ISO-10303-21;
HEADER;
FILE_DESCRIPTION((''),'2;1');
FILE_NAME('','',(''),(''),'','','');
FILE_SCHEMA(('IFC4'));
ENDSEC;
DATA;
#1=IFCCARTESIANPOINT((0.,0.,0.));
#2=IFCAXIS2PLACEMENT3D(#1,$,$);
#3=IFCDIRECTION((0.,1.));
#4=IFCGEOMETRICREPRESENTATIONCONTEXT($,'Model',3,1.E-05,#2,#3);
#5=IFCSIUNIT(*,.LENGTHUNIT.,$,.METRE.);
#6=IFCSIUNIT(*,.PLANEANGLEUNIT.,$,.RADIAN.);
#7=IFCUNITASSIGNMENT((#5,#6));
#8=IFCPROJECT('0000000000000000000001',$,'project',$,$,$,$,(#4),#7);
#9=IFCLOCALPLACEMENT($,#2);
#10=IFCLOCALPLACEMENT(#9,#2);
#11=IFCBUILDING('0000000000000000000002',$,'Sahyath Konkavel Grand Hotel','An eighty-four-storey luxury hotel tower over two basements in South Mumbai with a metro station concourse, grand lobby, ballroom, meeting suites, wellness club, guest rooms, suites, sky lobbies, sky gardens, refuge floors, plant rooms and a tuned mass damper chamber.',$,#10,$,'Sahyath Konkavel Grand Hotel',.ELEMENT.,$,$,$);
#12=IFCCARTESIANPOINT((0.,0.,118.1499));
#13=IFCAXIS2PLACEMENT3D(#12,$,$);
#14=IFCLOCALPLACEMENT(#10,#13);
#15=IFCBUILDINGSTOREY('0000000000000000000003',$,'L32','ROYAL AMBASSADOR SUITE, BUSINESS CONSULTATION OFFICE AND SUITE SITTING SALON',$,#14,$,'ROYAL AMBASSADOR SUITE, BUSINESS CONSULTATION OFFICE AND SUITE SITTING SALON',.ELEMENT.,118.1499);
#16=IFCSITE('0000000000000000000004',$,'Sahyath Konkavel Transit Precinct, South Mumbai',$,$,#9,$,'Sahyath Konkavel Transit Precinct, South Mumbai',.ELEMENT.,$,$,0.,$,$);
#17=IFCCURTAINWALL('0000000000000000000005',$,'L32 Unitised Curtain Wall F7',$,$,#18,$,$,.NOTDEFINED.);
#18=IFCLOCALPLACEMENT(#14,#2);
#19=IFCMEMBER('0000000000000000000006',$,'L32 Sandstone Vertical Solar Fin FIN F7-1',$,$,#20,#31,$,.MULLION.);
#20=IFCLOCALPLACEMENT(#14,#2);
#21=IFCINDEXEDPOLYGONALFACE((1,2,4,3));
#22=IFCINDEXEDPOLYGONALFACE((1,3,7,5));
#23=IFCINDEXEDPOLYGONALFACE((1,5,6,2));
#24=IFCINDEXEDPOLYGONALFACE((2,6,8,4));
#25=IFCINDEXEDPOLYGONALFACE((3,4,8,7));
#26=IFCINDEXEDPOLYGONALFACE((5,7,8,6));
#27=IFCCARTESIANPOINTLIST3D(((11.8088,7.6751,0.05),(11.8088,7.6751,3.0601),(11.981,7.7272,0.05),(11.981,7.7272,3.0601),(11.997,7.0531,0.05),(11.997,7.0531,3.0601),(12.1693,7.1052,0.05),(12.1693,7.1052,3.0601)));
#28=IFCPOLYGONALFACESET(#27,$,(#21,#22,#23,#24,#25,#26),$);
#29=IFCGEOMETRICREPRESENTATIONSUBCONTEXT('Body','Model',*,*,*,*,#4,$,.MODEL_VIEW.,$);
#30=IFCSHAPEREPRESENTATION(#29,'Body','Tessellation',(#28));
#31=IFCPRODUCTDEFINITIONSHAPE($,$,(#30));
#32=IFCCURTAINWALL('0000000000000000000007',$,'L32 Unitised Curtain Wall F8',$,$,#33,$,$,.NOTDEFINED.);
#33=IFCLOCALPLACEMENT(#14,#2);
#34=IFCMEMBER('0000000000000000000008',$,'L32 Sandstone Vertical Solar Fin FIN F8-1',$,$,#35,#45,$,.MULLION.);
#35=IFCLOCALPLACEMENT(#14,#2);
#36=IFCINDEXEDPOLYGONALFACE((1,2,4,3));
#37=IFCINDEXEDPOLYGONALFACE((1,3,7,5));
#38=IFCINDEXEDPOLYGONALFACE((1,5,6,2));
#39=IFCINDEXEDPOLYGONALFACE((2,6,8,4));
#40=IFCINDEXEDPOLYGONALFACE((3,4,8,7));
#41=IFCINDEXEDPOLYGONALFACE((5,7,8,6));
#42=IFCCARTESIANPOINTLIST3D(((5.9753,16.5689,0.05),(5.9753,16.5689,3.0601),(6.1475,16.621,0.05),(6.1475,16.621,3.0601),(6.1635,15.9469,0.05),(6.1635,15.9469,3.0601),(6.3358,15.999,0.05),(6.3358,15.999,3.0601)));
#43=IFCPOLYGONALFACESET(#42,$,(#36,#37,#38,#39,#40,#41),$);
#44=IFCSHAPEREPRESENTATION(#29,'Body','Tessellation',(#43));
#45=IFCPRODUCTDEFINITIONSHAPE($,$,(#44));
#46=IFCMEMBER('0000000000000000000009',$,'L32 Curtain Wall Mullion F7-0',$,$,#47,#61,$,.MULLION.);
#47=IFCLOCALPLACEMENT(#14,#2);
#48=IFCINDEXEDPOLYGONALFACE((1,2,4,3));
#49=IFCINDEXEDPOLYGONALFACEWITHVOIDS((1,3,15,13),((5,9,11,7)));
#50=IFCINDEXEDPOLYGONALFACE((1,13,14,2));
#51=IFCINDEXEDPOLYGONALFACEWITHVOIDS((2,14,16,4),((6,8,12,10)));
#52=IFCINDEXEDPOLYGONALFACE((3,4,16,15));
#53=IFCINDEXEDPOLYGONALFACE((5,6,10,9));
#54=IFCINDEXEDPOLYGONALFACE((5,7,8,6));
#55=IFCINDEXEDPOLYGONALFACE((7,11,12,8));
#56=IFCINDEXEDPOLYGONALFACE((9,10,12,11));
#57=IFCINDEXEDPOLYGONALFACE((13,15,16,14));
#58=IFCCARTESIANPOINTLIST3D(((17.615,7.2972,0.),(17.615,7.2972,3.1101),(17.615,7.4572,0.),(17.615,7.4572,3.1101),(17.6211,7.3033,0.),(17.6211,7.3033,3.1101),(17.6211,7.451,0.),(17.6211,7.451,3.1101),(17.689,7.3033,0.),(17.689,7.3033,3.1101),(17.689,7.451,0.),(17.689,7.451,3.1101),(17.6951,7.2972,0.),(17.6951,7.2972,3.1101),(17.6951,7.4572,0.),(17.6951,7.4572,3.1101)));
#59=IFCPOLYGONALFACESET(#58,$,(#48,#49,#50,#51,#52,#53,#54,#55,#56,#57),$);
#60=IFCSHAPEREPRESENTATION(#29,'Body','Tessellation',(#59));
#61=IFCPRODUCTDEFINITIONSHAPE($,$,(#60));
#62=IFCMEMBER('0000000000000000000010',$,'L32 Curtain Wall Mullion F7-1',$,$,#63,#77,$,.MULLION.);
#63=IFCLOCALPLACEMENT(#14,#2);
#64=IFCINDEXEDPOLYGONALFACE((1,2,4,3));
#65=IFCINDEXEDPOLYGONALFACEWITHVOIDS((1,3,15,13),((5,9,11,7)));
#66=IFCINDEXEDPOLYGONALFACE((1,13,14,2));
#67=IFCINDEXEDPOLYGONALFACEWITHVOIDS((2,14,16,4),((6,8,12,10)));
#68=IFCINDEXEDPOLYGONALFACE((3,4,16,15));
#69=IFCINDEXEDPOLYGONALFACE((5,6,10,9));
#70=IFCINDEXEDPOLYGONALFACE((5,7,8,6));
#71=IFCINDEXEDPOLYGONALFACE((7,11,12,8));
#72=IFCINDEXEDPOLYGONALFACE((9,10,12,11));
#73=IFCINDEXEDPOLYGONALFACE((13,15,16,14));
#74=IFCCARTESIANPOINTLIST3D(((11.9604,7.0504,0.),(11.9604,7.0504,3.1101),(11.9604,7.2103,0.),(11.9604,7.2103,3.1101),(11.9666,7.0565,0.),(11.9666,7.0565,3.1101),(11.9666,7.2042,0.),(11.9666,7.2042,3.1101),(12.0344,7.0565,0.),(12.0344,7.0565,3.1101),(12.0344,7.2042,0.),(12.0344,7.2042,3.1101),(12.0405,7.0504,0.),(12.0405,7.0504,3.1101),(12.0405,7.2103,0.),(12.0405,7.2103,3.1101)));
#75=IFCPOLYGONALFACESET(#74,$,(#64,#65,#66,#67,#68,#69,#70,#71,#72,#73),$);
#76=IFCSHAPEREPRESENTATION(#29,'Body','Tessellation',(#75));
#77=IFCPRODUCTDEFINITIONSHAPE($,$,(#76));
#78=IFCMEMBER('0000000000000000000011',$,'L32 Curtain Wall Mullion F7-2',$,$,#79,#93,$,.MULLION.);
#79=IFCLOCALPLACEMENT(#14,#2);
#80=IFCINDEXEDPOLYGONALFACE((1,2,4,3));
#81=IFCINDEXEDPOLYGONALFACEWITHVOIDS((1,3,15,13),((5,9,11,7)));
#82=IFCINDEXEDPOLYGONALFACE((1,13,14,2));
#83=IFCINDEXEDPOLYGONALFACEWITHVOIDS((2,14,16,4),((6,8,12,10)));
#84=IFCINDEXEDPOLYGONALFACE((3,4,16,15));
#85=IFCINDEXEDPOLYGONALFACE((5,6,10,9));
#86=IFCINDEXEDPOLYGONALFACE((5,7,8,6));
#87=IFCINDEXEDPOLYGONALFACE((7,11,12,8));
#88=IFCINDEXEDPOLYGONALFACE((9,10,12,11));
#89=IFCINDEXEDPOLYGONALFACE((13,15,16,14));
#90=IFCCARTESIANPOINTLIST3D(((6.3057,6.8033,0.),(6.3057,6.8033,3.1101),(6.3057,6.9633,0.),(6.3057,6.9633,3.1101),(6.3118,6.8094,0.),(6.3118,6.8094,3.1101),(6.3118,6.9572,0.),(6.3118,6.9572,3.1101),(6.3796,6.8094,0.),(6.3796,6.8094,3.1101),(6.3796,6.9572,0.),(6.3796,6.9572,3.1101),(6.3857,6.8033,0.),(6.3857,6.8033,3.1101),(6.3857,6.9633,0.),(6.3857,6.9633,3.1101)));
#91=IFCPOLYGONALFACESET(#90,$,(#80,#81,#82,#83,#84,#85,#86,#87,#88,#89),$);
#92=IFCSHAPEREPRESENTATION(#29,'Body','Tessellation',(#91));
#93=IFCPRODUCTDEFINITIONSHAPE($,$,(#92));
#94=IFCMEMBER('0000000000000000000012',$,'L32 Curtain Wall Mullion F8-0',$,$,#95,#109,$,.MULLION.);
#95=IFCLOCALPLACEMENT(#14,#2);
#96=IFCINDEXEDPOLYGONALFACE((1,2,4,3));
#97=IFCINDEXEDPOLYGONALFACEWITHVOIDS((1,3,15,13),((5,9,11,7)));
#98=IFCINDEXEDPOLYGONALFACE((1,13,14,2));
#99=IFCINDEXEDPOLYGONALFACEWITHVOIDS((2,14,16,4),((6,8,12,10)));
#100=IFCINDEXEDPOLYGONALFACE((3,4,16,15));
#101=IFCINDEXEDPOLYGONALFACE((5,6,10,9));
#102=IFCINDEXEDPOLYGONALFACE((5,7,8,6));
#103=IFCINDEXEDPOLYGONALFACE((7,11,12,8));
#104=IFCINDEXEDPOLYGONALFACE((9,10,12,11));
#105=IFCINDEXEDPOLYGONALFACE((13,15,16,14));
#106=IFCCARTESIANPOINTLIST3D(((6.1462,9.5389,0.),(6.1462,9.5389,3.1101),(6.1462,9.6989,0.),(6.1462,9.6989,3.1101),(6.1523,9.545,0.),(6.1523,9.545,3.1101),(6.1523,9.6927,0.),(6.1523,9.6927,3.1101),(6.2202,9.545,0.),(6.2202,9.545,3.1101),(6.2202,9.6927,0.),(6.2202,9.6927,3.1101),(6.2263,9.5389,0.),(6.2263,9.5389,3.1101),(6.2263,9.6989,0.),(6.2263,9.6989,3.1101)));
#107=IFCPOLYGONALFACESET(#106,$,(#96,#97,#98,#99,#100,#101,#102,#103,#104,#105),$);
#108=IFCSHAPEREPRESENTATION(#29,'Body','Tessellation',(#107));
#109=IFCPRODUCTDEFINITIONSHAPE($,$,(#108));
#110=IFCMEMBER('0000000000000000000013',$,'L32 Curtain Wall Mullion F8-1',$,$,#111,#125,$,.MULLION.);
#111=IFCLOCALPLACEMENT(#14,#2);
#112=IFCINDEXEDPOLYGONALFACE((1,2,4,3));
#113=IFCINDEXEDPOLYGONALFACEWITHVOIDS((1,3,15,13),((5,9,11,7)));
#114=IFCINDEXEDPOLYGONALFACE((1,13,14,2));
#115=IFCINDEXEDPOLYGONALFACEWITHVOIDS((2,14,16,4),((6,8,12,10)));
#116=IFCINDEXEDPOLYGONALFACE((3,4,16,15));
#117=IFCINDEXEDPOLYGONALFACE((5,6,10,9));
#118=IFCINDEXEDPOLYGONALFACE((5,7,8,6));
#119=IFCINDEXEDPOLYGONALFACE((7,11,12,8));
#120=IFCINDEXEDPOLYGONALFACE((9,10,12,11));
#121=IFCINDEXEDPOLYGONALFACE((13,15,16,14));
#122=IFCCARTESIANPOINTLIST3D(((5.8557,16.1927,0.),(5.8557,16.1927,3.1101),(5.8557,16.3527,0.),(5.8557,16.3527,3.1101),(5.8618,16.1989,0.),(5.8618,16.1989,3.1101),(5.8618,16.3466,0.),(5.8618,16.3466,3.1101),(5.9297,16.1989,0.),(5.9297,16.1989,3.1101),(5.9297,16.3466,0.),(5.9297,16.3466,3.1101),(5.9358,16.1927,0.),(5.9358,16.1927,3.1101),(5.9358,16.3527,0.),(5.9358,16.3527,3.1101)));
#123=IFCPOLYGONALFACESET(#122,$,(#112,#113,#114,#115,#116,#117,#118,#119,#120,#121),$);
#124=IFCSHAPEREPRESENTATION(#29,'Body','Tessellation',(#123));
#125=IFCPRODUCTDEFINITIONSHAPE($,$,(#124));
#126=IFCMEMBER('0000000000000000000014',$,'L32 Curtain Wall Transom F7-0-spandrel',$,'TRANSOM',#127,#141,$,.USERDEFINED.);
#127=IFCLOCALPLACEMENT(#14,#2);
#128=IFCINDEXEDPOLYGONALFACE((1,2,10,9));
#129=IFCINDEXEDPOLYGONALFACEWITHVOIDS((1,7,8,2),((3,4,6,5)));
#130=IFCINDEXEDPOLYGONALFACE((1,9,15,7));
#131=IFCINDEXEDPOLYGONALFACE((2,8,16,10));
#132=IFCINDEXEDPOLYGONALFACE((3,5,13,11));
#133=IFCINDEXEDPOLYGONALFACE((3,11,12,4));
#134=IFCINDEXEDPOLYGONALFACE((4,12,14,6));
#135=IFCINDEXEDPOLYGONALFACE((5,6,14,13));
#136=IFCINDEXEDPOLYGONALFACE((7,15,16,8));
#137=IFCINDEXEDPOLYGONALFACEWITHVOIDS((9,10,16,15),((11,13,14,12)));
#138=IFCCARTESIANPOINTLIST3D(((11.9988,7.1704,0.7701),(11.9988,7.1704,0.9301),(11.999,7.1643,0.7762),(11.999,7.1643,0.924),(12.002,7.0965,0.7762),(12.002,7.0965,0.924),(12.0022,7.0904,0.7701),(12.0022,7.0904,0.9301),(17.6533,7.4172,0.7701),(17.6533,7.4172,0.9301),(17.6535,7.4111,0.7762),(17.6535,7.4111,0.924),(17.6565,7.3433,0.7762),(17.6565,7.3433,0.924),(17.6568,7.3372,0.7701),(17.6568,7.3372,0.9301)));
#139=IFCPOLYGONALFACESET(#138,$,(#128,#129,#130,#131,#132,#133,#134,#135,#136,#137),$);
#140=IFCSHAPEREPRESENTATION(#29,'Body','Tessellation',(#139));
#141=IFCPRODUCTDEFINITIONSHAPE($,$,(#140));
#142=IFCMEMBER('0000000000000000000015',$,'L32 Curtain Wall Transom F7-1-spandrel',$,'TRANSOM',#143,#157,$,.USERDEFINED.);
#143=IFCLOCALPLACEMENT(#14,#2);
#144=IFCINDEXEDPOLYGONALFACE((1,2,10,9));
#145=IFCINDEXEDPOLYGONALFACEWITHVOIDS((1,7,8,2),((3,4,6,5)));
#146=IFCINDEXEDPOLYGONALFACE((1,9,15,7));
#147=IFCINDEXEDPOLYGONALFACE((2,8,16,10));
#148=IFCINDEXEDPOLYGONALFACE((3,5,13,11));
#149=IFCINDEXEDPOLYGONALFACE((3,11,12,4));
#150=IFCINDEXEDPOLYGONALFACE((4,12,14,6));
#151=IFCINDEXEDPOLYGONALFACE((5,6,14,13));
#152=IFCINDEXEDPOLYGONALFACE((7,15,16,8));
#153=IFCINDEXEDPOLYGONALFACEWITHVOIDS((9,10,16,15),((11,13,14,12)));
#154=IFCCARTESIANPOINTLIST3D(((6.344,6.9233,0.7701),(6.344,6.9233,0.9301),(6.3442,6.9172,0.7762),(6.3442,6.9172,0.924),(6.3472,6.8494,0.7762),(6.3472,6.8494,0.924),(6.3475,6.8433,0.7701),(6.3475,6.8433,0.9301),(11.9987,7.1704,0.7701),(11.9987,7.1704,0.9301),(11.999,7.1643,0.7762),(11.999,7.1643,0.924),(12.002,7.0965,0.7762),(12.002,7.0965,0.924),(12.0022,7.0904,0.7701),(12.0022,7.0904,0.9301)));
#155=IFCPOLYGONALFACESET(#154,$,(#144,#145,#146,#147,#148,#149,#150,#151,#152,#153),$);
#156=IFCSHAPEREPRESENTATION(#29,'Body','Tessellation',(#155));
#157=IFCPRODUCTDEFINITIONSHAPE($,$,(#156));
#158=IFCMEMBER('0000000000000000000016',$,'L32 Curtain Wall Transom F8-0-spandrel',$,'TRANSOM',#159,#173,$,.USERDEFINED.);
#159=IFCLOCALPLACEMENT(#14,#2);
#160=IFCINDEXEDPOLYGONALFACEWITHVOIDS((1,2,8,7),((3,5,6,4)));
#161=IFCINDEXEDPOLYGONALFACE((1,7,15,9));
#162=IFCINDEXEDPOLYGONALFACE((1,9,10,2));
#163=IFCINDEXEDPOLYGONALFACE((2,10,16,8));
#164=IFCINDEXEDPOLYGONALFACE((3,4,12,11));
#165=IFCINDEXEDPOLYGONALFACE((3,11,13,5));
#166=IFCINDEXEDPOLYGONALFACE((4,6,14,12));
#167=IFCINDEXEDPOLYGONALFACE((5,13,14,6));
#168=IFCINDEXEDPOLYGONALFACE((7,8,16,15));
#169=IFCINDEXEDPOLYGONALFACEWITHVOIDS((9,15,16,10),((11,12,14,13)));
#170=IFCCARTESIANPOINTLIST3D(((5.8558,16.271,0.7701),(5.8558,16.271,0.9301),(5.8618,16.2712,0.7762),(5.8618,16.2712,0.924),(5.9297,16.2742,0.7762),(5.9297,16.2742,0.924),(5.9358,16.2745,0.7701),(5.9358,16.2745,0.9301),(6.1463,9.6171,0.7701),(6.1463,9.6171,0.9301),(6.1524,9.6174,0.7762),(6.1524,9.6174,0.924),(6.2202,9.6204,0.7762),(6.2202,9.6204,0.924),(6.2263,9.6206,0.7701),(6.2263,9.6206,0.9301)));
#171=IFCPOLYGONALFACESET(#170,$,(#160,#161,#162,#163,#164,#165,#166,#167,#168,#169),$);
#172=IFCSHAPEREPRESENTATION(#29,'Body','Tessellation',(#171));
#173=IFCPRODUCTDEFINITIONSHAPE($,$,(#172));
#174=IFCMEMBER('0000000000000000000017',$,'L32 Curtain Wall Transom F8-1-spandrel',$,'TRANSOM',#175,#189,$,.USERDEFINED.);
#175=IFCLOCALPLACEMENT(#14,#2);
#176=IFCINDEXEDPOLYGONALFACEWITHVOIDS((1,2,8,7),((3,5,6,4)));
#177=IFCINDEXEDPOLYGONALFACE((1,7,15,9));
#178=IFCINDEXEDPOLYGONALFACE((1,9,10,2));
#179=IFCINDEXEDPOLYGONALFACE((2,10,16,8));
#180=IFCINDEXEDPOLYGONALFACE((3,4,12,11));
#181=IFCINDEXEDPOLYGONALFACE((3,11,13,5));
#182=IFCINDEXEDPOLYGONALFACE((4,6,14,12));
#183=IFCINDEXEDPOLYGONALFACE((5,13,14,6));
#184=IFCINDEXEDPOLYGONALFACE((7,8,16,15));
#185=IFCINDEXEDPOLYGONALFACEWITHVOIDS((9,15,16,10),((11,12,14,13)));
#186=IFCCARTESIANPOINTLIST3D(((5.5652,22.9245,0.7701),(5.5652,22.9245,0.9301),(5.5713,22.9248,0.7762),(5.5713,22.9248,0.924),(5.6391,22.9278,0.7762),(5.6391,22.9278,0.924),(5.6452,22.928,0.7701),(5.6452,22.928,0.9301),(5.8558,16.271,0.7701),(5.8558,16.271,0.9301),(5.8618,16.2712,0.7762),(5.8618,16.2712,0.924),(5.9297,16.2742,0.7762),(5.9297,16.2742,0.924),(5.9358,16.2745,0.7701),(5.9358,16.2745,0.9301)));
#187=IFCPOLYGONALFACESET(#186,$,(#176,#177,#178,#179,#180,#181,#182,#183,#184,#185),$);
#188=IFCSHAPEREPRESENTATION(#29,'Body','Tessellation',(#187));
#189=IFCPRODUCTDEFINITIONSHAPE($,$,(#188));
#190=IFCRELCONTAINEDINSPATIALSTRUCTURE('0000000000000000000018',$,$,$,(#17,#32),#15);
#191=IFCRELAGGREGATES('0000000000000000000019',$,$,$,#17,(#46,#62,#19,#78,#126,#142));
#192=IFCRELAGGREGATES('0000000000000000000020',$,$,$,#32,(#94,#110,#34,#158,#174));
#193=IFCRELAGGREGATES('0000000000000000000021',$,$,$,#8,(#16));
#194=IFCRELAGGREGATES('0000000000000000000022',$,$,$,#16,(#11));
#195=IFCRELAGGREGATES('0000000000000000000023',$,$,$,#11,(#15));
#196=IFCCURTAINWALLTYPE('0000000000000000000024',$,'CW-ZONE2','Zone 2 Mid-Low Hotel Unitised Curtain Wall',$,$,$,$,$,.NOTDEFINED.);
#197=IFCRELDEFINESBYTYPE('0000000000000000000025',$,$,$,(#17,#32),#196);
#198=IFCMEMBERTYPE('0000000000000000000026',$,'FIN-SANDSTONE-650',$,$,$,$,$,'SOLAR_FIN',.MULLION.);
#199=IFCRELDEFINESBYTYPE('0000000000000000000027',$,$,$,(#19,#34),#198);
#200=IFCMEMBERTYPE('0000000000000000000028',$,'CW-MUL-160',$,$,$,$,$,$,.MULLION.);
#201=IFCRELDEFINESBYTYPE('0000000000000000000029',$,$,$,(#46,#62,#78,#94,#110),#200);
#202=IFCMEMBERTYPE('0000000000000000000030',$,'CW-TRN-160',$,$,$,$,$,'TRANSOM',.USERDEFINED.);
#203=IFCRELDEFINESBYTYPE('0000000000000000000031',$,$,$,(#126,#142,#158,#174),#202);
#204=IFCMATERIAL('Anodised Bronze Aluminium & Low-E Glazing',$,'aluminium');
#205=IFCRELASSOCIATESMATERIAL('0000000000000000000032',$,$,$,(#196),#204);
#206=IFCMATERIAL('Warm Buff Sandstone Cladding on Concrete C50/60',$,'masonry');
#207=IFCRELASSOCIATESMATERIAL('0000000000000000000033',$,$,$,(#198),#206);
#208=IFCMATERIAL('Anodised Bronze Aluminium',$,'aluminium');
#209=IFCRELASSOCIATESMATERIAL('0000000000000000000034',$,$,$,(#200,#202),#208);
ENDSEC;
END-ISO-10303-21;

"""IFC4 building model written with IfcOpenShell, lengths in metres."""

from ifc_helpers import new_model, si_unit, direction, frame, origin, origin_2d, place, context, subcontext, project, spatial, rectangle, hollow_rectangle, extrude, source, transform, mapped, material, material_profile, profile_set, type_object, element, aggregate, save


model = new_model("IFC4")

# Units and contexts
model_context = context("Model", 3, precision=1e-05, world=origin(), true_north=direction((0.0, 1.0)))
body_context = subcontext(model_context, "Body", "Model", "MODEL_VIEW")
ifc_project = project(units=[si_unit("LENGTHUNIT", "METRE"), si_unit("PLANEANGLEUNIT", "RADIAN")], contexts=[model_context])

# Site, building, storey
site_placement = place(None, origin())
site = spatial("IfcSite", under=ifc_project, at=site_placement, Name="Sahyath Konkavel Transit Precinct, South Mumbai", LongName="Sahyath Konkavel Transit Precinct, South Mumbai", CompositionType="ELEMENT", RefElevation=0.0)
building_placement = place(site_placement, origin())
building = spatial("IfcBuilding", under=site, at=building_placement, Name="Sahyath Konkavel Grand Hotel", Description="An eighty-four-storey luxury hotel tower over two basements in South Mumbai with a metro station concourse, grand lobby, ballroom, meeting suites, wellness club, guest rooms, suites, sky lobbies, sky gardens, refuge floors, plant rooms and a tuned mass damper chamber.", LongName="Sahyath Konkavel Grand Hotel", CompositionType="ELEMENT")
storey_placement = place(building_placement, frame((0.0, 0.0, 118.1499)))
storey = spatial("IfcBuildingStorey", under=building, at=storey_placement, Name="L32", Description="ROYAL AMBASSADOR SUITE, BUSINESS CONSULTATION OFFICE AND SUITE SITTING SALON", LongName="ROYAL AMBASSADOR SUITE, BUSINESS CONSULTATION OFFICE AND SUITE SITTING SALON", CompositionType="ELEMENT", Elevation=118.1499)

# Curtain walls, members
ifc_material_1 = material(Name="Anodised Bronze Aluminium & Low-E Glazing", Category="aluminium")
curtain_wall_type = type_object("IfcCurtainWallType", Name="CW-ZONE2", Description="Zone 2 Mid-Low Hotel Unitised Curtain Wall", PredefinedType="NOTDEFINED", material=ifc_material_1)
curtain_wall_1_placement = place(storey_placement, origin())
curtain_wall_1 = element("IfcCurtainWall", 1, at=curtain_wall_1_placement, inside=storey, type_object=curtain_wall_type, Name="L32 Unitised Curtain Wall F7", PredefinedType="NOTDEFINED")
ifc_material_2 = material(Name="Warm Buff Sandstone Cladding on Concrete C50/60", Category="masonry")
ifc_material_profile_1 = material_profile(ifc_material_2, rectangle(XDim=0.1799, YDim=0.6499, at=origin_2d()), Name="FIN 180x650")
ifc_profile_set_1 = profile_set([ifc_material_profile_1], Name="Warm Buff Sandstone Cladding on Concrete C50/60")
member_type_1 = type_object("IfcMemberType", Name="FIN-SANDSTONE-650", ElementType="SOLAR_FIN", PredefinedType="MULLION", material=ifc_profile_set_1)
shared_shape_1 = source(origin(), body_context, "Body", "SweptSolid", [
    extrude(rectangle(XDim=0.1799, YDim=0.6499, at=origin_2d()), origin(), (0.0, 0.0, 1.0), 3.01),
])
member_1_placement = place(storey_placement, frame((11.989, 7.3901, 0.05), z_axis=(0.0, 0.0, 1.0), x_axis=(0.957117, 0.2897, 0.0)))
member_1 = element("IfcMember", 2, at=member_1_placement, type_object=member_type_1, Name="L32 Sandstone Vertical Solar Fin FIN F7-1", PredefinedType="MULLION", context=body_context, shape_type="MappedRepresentation", body=[
    mapped(shared_shape_1, transform((0.0, 0.0, 0.0), scale=1.0)),
])
curtain_wall_2_placement = place(storey_placement, origin())
curtain_wall_2 = element("IfcCurtainWall", 3, at=curtain_wall_2_placement, inside=storey, type_object=curtain_wall_type, Name="L32 Unitised Curtain Wall F8", PredefinedType="NOTDEFINED")
member_2_placement = place(storey_placement, frame((6.1555, 16.2839, 0.05), z_axis=(0.0, 0.0, 1.0), x_axis=(0.957117, 0.2897, 0.0)))
member_2 = element("IfcMember", 4, at=member_2_placement, type_object=member_type_1, Name="L32 Sandstone Vertical Solar Fin FIN F8-1", PredefinedType="MULLION", context=body_context, shape_type="MappedRepresentation", body=[
    mapped(shared_shape_1, transform((0.0, 0.0, 0.0), scale=1.0)),
])

# Members
ifc_material_3 = material(Name="Anodised Bronze Aluminium", Category="aluminium")
ifc_material_profile_2 = material_profile(ifc_material_3, hollow_rectangle(XDim=0.0801, YDim=0.1599, WallThickness=0.0061, at=origin_2d()), Name="RHS 160x80x6")
ifc_profile_set_2 = profile_set([ifc_material_profile_2], Name="Anodised Bronze Aluminium")
member_type_2 = type_object("IfcMemberType", Name="CW-MUL-160", PredefinedType="MULLION", material=ifc_profile_set_2)
shared_shape_2 = source(origin(), body_context, "Body", "SweptSolid", [
    extrude(hollow_rectangle(XDim=0.0801, YDim=0.1599, WallThickness=0.0061, at=origin_2d()), origin(), (0.0, 0.0, 1.0), 3.1101),
])
member_3_placement = place(storey_placement, frame((17.655, 7.3772, 0.0), z_axis=(0.0, 0.0, 1.0), x_axis=(1.0, 0.0, 0.0)))
member_3 = element("IfcMember", 5, at=member_3_placement, type_object=member_type_2, Name="L32 Curtain Wall Mullion F7-0", PredefinedType="MULLION", context=body_context, shape_type="MappedRepresentation", body=[
    mapped(shared_shape_2, transform((0.0, 0.0, 0.0), scale=1.0)),
])
member_4_placement = place(storey_placement, frame((12.0005, 7.1304, 0.0), z_axis=(0.0, 0.0, 1.0), x_axis=(1.0, 0.0, 0.0)))
member_4 = element("IfcMember", 6, at=member_4_placement, type_object=member_type_2, Name="L32 Curtain Wall Mullion F7-1", PredefinedType="MULLION", context=body_context, shape_type="MappedRepresentation", body=[
    mapped(shared_shape_2, transform((0.0, 0.0, 0.0), scale=1.0)),
])
member_5_placement = place(storey_placement, frame((6.3457, 6.8833, 0.0), z_axis=(0.0, 0.0, 1.0), x_axis=(1.0, 0.0, 0.0)))
member_5 = element("IfcMember", 7, at=member_5_placement, type_object=member_type_2, Name="L32 Curtain Wall Mullion F7-2", PredefinedType="MULLION", context=body_context, shape_type="MappedRepresentation", body=[
    mapped(shared_shape_2, transform((0.0, 0.0, 0.0), scale=1.0)),
])
member_6_placement = place(storey_placement, frame((6.1863, 9.6189, 0.0), z_axis=(0.0, 0.0, 1.0), x_axis=(1.0, 0.0, 0.0)))
member_6 = element("IfcMember", 8, at=member_6_placement, type_object=member_type_2, Name="L32 Curtain Wall Mullion F8-0", PredefinedType="MULLION", context=body_context, shape_type="MappedRepresentation", body=[
    mapped(shared_shape_2, transform((0.0, 0.0, 0.0), scale=1.0)),
])
member_7_placement = place(storey_placement, frame((5.8958, 16.2727, 0.0), z_axis=(0.0, 0.0, 1.0), x_axis=(1.0, 0.0, 0.0)))
member_7 = element("IfcMember", 9, at=member_7_placement, type_object=member_type_2, Name="L32 Curtain Wall Mullion F8-1", PredefinedType="MULLION", context=body_context, shape_type="MappedRepresentation", body=[
    mapped(shared_shape_2, transform((0.0, 0.0, 0.0), scale=1.0)),
])
ifc_material_profile_3 = material_profile(ifc_material_3, hollow_rectangle(XDim=0.0801, YDim=0.1599, WallThickness=0.0061, at=origin_2d()), Name="RHS 160x80x6")
ifc_profile_set_3 = profile_set([ifc_material_profile_3], Name="Anodised Bronze Aluminium")
member_type_3 = type_object("IfcMemberType", Name="CW-TRN-160", ElementType="TRANSOM", PredefinedType="USERDEFINED", material=ifc_profile_set_3)
shared_shape_3 = source(origin(), body_context, "Body", "SweptSolid", [
    extrude(hollow_rectangle(XDim=0.0801, YDim=0.1599, WallThickness=0.0061, at=origin_2d()), origin(), (0.0, 0.0, 1.0), 5.6599),
])
member_8_placement = place(storey_placement, frame((17.655, 7.3772, 0.8501), z_axis=(-0.999049, -0.043609, 0.0), x_axis=(0.043609, -0.999049, 0.0)))
member_8 = element("IfcMember", 10, at=member_8_placement, type_object=member_type_3, Name="L32 Curtain Wall Transom F7-0-spandrel", ObjectType="TRANSOM", PredefinedType="USERDEFINED", context=body_context, shape_type="MappedRepresentation", body=[
    mapped(shared_shape_3, transform((0.0, 0.0, 0.0), scale=1.0)),
])
shared_shape_4 = source(origin(), body_context, "Body", "SweptSolid", [
    extrude(hollow_rectangle(XDim=0.0801, YDim=0.1599, WallThickness=0.0061, at=origin_2d()), origin(), (0.0, 0.0, 1.0), 5.6602),
])
member_9_placement = place(storey_placement, frame((12.0005, 7.1304, 0.8501), z_axis=(-0.999047, -0.043651, 0.0), x_axis=(0.043651, -0.999047, 0.0)))
member_9 = element("IfcMember", 11, at=member_9_placement, type_object=member_type_3, Name="L32 Curtain Wall Transom F7-1-spandrel", ObjectType="TRANSOM", PredefinedType="USERDEFINED", context=body_context, shape_type="MappedRepresentation", body=[
    mapped(shared_shape_4, transform((0.0, 0.0, 0.0), scale=1.0)),
])
shared_shape_5 = source(origin(), body_context, "Body", "SweptSolid", [
    extrude(hollow_rectangle(XDim=0.0801, YDim=0.1599, WallThickness=0.0061, at=origin_2d()), origin(), (0.0, 0.0, 1.0), 6.6602),
])
member_10_placement = place(storey_placement, frame((6.1863, 9.6189, 0.8501), z_axis=(-0.043622, 0.999048, 0.0), x_axis=(-0.999048, -0.043622, 0.0)))
member_10 = element("IfcMember", 12, at=member_10_placement, type_object=member_type_3, Name="L32 Curtain Wall Transom F8-0-spandrel", ObjectType="TRANSOM", PredefinedType="USERDEFINED", context=body_context, shape_type="MappedRepresentation", body=[
    mapped(shared_shape_5, transform((0.0, 0.0, 0.0), scale=1.0)),
])
shared_shape_6 = source(origin(), body_context, "Body", "SweptSolid", [
    extrude(hollow_rectangle(XDim=0.0801, YDim=0.1599, WallThickness=0.0061, at=origin_2d()), origin(), (0.0, 0.0, 1.0), 6.6599),
])
member_11_placement = place(storey_placement, frame((5.8958, 16.2727, 0.8501), z_axis=(-0.043623, 0.999048, 0.0), x_axis=(-0.999048, -0.043623, 0.0)))
member_11 = element("IfcMember", 13, at=member_11_placement, type_object=member_type_3, Name="L32 Curtain Wall Transom F8-1-spandrel", ObjectType="TRANSOM", PredefinedType="USERDEFINED", context=body_context, shape_type="MappedRepresentation", body=[
    mapped(shared_shape_6, transform((0.0, 0.0, 0.0), scale=1.0)),
])

aggregate(curtain_wall_1, [member_3, member_4, member_1, member_5, member_8, member_9])
aggregate(curtain_wall_2, [member_6, member_7, member_2, member_10, member_11])

save(model, "model.ifc")
